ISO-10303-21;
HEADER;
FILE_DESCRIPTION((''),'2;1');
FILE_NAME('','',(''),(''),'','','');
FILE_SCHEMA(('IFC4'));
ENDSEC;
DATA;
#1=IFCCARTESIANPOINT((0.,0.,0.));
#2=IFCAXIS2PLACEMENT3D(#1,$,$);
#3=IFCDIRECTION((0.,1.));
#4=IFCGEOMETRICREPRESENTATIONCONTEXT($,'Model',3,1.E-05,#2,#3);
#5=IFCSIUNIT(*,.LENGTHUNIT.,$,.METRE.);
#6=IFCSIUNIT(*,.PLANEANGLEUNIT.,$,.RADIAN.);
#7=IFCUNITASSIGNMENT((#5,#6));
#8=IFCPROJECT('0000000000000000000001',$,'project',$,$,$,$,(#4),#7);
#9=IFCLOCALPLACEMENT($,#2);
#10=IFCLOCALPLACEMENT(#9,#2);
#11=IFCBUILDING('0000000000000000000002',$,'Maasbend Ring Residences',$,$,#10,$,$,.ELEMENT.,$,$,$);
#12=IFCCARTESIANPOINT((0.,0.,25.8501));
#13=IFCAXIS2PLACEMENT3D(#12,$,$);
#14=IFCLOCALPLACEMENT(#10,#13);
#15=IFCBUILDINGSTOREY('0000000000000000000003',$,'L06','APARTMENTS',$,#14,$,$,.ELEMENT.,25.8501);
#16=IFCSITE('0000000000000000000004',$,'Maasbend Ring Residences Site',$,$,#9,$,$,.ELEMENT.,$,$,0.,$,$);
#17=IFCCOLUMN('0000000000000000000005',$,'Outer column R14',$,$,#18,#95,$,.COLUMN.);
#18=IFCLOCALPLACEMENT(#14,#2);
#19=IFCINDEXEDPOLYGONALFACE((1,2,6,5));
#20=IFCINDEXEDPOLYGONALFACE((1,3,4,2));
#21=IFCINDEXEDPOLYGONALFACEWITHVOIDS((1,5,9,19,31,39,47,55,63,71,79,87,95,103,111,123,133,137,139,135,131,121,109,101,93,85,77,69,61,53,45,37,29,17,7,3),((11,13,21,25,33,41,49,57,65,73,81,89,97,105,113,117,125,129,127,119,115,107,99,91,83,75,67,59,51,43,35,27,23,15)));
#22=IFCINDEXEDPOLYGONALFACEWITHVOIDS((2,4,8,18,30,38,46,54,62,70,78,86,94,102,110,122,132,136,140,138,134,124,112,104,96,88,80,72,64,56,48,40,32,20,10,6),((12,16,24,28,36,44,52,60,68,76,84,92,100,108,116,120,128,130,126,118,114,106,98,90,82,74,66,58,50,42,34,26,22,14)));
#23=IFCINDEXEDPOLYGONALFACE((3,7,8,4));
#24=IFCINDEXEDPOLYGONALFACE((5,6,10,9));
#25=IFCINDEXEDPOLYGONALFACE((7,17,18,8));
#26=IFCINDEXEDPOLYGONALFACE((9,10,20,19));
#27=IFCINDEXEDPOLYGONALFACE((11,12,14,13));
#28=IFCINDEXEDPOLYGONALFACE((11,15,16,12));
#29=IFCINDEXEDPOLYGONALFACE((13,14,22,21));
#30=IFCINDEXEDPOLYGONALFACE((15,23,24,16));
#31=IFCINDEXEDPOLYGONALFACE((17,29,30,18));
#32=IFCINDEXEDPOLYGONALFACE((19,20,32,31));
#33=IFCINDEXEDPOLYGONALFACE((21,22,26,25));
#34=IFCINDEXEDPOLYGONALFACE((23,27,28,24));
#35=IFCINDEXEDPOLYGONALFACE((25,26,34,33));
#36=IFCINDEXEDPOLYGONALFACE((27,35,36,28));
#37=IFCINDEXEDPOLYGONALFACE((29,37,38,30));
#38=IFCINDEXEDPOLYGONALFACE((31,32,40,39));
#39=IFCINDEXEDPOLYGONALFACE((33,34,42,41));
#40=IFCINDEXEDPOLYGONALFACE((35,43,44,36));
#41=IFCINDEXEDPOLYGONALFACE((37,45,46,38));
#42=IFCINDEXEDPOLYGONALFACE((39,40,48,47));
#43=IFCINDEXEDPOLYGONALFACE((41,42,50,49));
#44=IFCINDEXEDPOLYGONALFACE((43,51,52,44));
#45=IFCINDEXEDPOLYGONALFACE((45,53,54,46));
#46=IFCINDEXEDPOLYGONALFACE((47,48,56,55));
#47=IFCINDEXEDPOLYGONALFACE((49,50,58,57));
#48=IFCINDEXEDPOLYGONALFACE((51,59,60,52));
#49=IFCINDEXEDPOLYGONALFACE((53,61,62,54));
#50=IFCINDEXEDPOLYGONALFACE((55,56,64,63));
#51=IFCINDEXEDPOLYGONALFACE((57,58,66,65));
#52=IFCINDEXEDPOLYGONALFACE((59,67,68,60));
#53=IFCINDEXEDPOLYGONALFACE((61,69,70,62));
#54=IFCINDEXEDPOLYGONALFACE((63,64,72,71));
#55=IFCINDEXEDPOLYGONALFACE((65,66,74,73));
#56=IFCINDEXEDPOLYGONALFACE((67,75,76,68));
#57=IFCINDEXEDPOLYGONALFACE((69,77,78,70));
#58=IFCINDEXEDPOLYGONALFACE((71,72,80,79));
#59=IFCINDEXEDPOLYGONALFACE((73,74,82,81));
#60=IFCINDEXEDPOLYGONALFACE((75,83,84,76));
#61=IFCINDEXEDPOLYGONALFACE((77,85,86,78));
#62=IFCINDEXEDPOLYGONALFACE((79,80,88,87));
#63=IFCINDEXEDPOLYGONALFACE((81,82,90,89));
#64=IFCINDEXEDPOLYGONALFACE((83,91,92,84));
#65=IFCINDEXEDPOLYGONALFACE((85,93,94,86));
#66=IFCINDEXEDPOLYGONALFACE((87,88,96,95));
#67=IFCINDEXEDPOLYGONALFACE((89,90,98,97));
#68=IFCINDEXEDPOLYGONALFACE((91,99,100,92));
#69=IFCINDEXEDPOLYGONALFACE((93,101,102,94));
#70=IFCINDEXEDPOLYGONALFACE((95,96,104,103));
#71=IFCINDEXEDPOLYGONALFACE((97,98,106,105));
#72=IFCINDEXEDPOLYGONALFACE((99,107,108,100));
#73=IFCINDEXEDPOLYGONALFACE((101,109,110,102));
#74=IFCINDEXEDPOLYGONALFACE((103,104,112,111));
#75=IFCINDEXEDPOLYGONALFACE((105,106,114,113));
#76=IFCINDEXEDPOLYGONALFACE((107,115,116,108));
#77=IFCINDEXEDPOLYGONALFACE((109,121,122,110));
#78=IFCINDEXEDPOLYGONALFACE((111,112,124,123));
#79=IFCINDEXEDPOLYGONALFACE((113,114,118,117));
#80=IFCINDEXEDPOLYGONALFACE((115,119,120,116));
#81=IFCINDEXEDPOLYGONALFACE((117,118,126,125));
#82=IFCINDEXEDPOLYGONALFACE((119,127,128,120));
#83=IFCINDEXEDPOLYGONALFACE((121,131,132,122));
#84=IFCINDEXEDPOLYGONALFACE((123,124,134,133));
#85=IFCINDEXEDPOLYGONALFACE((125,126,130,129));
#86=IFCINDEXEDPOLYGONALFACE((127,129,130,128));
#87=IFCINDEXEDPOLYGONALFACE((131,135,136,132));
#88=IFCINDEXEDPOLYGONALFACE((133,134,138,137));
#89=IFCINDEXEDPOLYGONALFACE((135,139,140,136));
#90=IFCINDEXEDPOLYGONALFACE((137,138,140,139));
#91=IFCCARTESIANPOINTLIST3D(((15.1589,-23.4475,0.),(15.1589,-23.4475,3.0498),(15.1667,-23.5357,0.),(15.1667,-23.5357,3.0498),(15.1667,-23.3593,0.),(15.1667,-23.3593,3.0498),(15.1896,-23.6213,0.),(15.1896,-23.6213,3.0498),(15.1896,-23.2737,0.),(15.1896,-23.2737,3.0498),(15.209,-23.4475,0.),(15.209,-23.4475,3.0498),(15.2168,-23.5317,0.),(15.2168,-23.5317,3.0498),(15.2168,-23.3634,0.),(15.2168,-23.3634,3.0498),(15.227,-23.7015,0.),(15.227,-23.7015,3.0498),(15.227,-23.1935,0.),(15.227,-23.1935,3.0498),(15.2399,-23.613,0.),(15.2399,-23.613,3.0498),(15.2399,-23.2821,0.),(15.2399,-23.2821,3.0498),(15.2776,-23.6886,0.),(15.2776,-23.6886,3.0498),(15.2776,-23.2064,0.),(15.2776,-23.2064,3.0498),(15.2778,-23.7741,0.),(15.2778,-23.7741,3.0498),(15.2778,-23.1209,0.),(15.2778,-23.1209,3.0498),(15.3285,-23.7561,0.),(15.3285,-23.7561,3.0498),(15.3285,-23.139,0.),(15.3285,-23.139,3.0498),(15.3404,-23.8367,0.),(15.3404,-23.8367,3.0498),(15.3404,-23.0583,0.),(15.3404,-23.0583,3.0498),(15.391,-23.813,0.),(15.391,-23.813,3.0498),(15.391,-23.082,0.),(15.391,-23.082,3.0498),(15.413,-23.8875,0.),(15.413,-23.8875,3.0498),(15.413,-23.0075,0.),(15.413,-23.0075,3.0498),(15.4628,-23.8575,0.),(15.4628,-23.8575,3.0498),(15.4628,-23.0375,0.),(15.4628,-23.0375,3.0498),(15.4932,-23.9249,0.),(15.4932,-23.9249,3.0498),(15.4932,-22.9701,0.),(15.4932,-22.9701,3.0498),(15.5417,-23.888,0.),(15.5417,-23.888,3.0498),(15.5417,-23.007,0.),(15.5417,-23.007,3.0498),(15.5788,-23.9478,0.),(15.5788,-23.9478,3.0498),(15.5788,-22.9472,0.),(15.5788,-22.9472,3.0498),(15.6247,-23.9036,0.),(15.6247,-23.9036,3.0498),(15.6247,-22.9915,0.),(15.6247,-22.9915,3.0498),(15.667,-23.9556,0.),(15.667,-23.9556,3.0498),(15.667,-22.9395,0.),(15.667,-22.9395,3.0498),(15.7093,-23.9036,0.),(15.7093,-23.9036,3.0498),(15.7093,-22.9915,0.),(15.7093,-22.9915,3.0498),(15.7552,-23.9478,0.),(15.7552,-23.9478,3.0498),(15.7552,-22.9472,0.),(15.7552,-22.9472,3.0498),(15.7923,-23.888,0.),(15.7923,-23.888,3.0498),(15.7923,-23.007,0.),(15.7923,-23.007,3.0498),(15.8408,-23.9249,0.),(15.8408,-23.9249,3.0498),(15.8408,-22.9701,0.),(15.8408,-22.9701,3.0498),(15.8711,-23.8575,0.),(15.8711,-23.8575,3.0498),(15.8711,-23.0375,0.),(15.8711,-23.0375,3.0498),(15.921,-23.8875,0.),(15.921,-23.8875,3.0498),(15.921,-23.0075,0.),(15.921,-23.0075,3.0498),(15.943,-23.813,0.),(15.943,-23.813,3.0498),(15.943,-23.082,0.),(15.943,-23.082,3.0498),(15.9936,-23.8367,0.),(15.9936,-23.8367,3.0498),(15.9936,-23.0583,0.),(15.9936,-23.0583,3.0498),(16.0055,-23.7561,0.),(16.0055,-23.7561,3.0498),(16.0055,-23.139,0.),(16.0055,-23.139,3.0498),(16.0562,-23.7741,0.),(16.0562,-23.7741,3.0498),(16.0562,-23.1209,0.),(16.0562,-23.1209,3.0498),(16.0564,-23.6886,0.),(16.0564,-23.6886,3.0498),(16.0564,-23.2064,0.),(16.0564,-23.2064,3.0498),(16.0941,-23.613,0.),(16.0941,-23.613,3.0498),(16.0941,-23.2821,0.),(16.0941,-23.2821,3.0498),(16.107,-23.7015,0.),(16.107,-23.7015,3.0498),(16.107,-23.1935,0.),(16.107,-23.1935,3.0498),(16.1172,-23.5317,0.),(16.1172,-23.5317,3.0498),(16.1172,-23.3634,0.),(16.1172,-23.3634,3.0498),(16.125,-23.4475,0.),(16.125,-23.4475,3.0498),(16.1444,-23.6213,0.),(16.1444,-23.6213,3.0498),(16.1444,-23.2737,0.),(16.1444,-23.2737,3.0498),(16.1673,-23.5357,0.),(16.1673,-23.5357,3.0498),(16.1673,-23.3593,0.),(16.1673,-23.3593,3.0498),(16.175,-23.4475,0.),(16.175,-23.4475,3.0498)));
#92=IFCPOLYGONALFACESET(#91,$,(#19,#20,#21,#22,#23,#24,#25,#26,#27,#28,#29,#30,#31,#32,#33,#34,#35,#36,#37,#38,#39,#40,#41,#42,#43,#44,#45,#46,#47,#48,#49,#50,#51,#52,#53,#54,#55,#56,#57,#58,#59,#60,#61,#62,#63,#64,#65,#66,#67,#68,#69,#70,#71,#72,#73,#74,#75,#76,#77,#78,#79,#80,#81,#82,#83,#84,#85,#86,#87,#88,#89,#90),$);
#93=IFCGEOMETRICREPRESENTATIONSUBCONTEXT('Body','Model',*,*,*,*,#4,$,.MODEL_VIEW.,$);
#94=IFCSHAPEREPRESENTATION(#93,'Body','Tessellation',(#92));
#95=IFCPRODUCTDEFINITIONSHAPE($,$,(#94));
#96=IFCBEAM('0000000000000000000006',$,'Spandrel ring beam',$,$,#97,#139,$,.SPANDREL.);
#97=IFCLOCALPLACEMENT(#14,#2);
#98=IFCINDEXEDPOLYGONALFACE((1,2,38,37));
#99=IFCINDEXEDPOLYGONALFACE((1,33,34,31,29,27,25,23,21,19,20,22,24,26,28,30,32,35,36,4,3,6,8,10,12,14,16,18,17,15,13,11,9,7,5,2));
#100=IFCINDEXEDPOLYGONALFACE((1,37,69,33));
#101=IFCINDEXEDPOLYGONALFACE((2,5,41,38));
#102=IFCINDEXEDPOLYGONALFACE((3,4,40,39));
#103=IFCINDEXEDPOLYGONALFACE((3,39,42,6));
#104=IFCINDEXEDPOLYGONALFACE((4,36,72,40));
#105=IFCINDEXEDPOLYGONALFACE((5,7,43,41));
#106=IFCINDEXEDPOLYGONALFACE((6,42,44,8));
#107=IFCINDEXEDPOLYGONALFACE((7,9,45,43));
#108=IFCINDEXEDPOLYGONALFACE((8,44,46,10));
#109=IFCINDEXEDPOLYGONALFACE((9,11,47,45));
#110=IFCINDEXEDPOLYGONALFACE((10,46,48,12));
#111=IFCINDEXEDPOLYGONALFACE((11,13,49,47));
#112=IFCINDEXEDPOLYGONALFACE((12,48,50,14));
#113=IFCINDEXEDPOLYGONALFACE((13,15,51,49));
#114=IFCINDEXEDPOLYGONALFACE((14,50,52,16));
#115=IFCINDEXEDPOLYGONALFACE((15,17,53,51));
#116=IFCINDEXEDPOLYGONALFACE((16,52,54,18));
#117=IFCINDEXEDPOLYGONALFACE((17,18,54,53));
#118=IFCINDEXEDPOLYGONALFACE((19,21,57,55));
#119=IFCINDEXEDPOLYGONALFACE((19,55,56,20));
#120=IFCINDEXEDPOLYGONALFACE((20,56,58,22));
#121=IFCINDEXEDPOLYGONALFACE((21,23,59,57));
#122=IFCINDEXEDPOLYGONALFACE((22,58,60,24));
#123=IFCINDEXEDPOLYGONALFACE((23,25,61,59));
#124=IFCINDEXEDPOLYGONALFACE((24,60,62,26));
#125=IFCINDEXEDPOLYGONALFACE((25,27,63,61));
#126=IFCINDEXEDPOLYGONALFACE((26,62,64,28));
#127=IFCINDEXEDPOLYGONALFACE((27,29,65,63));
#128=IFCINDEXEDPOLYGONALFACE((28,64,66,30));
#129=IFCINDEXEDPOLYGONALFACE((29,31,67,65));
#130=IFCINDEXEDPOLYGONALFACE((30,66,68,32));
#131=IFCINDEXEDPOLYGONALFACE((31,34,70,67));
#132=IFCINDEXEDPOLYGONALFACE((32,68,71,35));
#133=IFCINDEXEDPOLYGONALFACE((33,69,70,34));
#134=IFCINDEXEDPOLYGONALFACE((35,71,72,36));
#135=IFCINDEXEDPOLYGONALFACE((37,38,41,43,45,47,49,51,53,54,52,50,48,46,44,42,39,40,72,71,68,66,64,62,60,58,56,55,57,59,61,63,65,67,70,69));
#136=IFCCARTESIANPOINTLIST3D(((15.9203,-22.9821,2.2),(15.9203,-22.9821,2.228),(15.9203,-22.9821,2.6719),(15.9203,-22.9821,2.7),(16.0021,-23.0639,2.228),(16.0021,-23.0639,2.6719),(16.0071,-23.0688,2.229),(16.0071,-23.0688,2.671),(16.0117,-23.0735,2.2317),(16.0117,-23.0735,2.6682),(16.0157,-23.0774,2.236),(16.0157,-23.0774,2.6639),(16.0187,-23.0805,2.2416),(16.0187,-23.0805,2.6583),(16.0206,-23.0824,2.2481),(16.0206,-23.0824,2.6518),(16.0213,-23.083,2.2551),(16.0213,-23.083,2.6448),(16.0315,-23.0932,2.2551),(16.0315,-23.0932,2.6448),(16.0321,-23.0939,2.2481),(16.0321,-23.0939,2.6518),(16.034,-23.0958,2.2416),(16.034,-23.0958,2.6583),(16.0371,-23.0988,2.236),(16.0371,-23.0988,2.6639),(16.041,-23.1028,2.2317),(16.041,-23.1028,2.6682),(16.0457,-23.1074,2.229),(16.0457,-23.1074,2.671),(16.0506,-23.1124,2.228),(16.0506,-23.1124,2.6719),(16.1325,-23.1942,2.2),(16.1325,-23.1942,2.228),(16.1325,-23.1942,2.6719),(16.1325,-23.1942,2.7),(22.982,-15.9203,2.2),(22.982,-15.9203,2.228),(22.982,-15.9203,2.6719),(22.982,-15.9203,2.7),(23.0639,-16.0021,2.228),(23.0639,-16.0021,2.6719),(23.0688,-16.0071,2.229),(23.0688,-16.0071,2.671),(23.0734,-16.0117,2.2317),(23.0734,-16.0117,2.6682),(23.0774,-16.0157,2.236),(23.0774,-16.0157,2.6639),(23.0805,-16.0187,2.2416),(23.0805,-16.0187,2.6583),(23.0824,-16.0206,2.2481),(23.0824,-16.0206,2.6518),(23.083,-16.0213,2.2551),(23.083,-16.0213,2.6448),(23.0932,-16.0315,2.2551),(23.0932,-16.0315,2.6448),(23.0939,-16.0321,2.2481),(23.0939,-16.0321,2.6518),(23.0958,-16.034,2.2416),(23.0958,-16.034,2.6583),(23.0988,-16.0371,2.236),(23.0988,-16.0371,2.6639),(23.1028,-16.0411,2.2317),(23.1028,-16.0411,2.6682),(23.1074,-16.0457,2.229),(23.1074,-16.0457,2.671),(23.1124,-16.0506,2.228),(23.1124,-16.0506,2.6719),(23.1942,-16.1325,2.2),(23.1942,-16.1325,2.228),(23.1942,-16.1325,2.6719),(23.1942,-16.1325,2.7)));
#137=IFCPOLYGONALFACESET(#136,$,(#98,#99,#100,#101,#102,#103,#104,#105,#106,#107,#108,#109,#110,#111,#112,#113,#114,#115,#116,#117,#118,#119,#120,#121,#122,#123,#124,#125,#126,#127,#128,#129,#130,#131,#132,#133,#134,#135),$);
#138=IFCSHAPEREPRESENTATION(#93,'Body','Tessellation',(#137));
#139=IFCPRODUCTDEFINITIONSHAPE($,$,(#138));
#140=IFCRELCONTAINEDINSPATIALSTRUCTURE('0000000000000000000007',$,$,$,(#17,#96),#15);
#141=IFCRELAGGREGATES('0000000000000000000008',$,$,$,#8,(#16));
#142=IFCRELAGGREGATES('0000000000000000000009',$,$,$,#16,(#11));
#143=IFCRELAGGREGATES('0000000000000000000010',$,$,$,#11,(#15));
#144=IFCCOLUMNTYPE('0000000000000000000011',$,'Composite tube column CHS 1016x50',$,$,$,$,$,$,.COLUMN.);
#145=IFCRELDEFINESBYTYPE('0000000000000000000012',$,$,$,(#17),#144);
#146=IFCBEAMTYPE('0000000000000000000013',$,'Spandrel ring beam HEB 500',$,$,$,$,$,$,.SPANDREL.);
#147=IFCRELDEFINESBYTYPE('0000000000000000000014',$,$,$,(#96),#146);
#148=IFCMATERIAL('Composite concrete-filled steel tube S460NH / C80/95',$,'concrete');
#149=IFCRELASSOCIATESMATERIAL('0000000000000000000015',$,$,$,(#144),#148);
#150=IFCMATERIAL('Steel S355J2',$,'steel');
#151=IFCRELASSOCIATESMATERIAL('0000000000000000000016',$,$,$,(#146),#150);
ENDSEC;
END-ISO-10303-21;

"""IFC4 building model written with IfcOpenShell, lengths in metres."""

from ifc_helpers import new_model, si_unit, direction, frame, origin, origin_2d, place, context, subcontext, project, spatial, hollow_circle, i_section, extrude, material, material_profile, profile_set, type_object, element, save


model = new_model("IFC4")

# Units and contexts
model_context = context("Model", 3, precision=1e-05, world=origin(), true_north=direction((0.0, 1.0)))
body_context = subcontext(model_context, "Body", "Model", "MODEL_VIEW")
ifc_project = project(units=[si_unit("LENGTHUNIT", "METRE"), si_unit("PLANEANGLEUNIT", "RADIAN")], contexts=[model_context])

# Site, building, storey
site_placement = place(None, origin())
site = spatial("IfcSite", under=ifc_project, at=site_placement, Name="Maasbend Ring Residences Site", CompositionType="ELEMENT", RefElevation=0.0)
building_placement = place(site_placement, origin())
building = spatial("IfcBuilding", under=site, at=building_placement, Name="Maasbend Ring Residences", CompositionType="ELEMENT")
storey_placement = place(building_placement, frame((0.0, 0.0, 25.8501)))
storey = spatial("IfcBuildingStorey", under=building, at=storey_placement, Name="L06", Description="APARTMENTS", CompositionType="ELEMENT", Elevation=25.8501)

# Column
ifc_material_1 = material(Name="Composite concrete-filled steel tube S460NH / C80/95", Category="concrete")
ifc_material_profile_1 = material_profile(ifc_material_1, hollow_circle(Radius=0.5081, WallThickness=0.05, at=origin_2d()), Name="Composite tube column CHS 1016x50")
ifc_profile_set_1 = profile_set([ifc_material_profile_1], Name="Composite concrete-filled steel tube S460NH / C80/95")
column_type = type_object("IfcColumnType", Name="Composite tube column CHS 1016x50", PredefinedType="COLUMN", material=ifc_profile_set_1)
column_placement = place(storey_placement, frame((15.667, -23.4475, 0.0), z_axis=(0.0, 0.0, 1.0), x_axis=(1.0, 0.0, 0.0)))
element("IfcColumn", 1, at=column_placement, inside=storey, type_object=column_type, Name="Outer column R14", PredefinedType="COLUMN", context=body_context, shape_type="SweptSolid", body=[
    extrude(hollow_circle(Radius=0.5081, WallThickness=0.05, at=origin_2d()), origin(), (0.0, 0.0, 1.0), 3.0498),
])

# Beam
ifc_material_2 = material(Name="Steel S355J2", Category="steel")
ifc_material_profile_2 = material_profile(ifc_material_2, i_section(OverallWidth=0.3, OverallDepth=0.5, WebThickness=0.0144, FlangeThickness=0.0281, FilletRadius=0.0271, at=origin_2d()), Name="HEB 500")
ifc_profile_set_2 = profile_set([ifc_material_profile_2], Name="Steel S355J2")
beam_type = type_object("IfcBeamType", Name="Spandrel ring beam HEB 500", PredefinedType="SPANDREL", material=ifc_profile_set_2)
beam_placement = place(storey_placement, frame((16.0264, -23.0881, 2.45), z_axis=(0.707107, 0.707107, 0.0), x_axis=(-0.707107, 0.707107, 0.0)))
element("IfcBeam", 2, at=beam_placement, inside=storey, type_object=beam_type, Name="Spandrel ring beam", PredefinedType="SPANDREL", context=body_context, shape_type="SweptSolid", body=[
    extrude(i_section(OverallWidth=0.3, OverallDepth=0.5, WebThickness=0.0144, FlangeThickness=0.0281, FilletRadius=0.0271, at=origin_2d()), origin(), (0.0, 0.0, 1.0), 9.9868),
])

save(model, "model.ifc")
